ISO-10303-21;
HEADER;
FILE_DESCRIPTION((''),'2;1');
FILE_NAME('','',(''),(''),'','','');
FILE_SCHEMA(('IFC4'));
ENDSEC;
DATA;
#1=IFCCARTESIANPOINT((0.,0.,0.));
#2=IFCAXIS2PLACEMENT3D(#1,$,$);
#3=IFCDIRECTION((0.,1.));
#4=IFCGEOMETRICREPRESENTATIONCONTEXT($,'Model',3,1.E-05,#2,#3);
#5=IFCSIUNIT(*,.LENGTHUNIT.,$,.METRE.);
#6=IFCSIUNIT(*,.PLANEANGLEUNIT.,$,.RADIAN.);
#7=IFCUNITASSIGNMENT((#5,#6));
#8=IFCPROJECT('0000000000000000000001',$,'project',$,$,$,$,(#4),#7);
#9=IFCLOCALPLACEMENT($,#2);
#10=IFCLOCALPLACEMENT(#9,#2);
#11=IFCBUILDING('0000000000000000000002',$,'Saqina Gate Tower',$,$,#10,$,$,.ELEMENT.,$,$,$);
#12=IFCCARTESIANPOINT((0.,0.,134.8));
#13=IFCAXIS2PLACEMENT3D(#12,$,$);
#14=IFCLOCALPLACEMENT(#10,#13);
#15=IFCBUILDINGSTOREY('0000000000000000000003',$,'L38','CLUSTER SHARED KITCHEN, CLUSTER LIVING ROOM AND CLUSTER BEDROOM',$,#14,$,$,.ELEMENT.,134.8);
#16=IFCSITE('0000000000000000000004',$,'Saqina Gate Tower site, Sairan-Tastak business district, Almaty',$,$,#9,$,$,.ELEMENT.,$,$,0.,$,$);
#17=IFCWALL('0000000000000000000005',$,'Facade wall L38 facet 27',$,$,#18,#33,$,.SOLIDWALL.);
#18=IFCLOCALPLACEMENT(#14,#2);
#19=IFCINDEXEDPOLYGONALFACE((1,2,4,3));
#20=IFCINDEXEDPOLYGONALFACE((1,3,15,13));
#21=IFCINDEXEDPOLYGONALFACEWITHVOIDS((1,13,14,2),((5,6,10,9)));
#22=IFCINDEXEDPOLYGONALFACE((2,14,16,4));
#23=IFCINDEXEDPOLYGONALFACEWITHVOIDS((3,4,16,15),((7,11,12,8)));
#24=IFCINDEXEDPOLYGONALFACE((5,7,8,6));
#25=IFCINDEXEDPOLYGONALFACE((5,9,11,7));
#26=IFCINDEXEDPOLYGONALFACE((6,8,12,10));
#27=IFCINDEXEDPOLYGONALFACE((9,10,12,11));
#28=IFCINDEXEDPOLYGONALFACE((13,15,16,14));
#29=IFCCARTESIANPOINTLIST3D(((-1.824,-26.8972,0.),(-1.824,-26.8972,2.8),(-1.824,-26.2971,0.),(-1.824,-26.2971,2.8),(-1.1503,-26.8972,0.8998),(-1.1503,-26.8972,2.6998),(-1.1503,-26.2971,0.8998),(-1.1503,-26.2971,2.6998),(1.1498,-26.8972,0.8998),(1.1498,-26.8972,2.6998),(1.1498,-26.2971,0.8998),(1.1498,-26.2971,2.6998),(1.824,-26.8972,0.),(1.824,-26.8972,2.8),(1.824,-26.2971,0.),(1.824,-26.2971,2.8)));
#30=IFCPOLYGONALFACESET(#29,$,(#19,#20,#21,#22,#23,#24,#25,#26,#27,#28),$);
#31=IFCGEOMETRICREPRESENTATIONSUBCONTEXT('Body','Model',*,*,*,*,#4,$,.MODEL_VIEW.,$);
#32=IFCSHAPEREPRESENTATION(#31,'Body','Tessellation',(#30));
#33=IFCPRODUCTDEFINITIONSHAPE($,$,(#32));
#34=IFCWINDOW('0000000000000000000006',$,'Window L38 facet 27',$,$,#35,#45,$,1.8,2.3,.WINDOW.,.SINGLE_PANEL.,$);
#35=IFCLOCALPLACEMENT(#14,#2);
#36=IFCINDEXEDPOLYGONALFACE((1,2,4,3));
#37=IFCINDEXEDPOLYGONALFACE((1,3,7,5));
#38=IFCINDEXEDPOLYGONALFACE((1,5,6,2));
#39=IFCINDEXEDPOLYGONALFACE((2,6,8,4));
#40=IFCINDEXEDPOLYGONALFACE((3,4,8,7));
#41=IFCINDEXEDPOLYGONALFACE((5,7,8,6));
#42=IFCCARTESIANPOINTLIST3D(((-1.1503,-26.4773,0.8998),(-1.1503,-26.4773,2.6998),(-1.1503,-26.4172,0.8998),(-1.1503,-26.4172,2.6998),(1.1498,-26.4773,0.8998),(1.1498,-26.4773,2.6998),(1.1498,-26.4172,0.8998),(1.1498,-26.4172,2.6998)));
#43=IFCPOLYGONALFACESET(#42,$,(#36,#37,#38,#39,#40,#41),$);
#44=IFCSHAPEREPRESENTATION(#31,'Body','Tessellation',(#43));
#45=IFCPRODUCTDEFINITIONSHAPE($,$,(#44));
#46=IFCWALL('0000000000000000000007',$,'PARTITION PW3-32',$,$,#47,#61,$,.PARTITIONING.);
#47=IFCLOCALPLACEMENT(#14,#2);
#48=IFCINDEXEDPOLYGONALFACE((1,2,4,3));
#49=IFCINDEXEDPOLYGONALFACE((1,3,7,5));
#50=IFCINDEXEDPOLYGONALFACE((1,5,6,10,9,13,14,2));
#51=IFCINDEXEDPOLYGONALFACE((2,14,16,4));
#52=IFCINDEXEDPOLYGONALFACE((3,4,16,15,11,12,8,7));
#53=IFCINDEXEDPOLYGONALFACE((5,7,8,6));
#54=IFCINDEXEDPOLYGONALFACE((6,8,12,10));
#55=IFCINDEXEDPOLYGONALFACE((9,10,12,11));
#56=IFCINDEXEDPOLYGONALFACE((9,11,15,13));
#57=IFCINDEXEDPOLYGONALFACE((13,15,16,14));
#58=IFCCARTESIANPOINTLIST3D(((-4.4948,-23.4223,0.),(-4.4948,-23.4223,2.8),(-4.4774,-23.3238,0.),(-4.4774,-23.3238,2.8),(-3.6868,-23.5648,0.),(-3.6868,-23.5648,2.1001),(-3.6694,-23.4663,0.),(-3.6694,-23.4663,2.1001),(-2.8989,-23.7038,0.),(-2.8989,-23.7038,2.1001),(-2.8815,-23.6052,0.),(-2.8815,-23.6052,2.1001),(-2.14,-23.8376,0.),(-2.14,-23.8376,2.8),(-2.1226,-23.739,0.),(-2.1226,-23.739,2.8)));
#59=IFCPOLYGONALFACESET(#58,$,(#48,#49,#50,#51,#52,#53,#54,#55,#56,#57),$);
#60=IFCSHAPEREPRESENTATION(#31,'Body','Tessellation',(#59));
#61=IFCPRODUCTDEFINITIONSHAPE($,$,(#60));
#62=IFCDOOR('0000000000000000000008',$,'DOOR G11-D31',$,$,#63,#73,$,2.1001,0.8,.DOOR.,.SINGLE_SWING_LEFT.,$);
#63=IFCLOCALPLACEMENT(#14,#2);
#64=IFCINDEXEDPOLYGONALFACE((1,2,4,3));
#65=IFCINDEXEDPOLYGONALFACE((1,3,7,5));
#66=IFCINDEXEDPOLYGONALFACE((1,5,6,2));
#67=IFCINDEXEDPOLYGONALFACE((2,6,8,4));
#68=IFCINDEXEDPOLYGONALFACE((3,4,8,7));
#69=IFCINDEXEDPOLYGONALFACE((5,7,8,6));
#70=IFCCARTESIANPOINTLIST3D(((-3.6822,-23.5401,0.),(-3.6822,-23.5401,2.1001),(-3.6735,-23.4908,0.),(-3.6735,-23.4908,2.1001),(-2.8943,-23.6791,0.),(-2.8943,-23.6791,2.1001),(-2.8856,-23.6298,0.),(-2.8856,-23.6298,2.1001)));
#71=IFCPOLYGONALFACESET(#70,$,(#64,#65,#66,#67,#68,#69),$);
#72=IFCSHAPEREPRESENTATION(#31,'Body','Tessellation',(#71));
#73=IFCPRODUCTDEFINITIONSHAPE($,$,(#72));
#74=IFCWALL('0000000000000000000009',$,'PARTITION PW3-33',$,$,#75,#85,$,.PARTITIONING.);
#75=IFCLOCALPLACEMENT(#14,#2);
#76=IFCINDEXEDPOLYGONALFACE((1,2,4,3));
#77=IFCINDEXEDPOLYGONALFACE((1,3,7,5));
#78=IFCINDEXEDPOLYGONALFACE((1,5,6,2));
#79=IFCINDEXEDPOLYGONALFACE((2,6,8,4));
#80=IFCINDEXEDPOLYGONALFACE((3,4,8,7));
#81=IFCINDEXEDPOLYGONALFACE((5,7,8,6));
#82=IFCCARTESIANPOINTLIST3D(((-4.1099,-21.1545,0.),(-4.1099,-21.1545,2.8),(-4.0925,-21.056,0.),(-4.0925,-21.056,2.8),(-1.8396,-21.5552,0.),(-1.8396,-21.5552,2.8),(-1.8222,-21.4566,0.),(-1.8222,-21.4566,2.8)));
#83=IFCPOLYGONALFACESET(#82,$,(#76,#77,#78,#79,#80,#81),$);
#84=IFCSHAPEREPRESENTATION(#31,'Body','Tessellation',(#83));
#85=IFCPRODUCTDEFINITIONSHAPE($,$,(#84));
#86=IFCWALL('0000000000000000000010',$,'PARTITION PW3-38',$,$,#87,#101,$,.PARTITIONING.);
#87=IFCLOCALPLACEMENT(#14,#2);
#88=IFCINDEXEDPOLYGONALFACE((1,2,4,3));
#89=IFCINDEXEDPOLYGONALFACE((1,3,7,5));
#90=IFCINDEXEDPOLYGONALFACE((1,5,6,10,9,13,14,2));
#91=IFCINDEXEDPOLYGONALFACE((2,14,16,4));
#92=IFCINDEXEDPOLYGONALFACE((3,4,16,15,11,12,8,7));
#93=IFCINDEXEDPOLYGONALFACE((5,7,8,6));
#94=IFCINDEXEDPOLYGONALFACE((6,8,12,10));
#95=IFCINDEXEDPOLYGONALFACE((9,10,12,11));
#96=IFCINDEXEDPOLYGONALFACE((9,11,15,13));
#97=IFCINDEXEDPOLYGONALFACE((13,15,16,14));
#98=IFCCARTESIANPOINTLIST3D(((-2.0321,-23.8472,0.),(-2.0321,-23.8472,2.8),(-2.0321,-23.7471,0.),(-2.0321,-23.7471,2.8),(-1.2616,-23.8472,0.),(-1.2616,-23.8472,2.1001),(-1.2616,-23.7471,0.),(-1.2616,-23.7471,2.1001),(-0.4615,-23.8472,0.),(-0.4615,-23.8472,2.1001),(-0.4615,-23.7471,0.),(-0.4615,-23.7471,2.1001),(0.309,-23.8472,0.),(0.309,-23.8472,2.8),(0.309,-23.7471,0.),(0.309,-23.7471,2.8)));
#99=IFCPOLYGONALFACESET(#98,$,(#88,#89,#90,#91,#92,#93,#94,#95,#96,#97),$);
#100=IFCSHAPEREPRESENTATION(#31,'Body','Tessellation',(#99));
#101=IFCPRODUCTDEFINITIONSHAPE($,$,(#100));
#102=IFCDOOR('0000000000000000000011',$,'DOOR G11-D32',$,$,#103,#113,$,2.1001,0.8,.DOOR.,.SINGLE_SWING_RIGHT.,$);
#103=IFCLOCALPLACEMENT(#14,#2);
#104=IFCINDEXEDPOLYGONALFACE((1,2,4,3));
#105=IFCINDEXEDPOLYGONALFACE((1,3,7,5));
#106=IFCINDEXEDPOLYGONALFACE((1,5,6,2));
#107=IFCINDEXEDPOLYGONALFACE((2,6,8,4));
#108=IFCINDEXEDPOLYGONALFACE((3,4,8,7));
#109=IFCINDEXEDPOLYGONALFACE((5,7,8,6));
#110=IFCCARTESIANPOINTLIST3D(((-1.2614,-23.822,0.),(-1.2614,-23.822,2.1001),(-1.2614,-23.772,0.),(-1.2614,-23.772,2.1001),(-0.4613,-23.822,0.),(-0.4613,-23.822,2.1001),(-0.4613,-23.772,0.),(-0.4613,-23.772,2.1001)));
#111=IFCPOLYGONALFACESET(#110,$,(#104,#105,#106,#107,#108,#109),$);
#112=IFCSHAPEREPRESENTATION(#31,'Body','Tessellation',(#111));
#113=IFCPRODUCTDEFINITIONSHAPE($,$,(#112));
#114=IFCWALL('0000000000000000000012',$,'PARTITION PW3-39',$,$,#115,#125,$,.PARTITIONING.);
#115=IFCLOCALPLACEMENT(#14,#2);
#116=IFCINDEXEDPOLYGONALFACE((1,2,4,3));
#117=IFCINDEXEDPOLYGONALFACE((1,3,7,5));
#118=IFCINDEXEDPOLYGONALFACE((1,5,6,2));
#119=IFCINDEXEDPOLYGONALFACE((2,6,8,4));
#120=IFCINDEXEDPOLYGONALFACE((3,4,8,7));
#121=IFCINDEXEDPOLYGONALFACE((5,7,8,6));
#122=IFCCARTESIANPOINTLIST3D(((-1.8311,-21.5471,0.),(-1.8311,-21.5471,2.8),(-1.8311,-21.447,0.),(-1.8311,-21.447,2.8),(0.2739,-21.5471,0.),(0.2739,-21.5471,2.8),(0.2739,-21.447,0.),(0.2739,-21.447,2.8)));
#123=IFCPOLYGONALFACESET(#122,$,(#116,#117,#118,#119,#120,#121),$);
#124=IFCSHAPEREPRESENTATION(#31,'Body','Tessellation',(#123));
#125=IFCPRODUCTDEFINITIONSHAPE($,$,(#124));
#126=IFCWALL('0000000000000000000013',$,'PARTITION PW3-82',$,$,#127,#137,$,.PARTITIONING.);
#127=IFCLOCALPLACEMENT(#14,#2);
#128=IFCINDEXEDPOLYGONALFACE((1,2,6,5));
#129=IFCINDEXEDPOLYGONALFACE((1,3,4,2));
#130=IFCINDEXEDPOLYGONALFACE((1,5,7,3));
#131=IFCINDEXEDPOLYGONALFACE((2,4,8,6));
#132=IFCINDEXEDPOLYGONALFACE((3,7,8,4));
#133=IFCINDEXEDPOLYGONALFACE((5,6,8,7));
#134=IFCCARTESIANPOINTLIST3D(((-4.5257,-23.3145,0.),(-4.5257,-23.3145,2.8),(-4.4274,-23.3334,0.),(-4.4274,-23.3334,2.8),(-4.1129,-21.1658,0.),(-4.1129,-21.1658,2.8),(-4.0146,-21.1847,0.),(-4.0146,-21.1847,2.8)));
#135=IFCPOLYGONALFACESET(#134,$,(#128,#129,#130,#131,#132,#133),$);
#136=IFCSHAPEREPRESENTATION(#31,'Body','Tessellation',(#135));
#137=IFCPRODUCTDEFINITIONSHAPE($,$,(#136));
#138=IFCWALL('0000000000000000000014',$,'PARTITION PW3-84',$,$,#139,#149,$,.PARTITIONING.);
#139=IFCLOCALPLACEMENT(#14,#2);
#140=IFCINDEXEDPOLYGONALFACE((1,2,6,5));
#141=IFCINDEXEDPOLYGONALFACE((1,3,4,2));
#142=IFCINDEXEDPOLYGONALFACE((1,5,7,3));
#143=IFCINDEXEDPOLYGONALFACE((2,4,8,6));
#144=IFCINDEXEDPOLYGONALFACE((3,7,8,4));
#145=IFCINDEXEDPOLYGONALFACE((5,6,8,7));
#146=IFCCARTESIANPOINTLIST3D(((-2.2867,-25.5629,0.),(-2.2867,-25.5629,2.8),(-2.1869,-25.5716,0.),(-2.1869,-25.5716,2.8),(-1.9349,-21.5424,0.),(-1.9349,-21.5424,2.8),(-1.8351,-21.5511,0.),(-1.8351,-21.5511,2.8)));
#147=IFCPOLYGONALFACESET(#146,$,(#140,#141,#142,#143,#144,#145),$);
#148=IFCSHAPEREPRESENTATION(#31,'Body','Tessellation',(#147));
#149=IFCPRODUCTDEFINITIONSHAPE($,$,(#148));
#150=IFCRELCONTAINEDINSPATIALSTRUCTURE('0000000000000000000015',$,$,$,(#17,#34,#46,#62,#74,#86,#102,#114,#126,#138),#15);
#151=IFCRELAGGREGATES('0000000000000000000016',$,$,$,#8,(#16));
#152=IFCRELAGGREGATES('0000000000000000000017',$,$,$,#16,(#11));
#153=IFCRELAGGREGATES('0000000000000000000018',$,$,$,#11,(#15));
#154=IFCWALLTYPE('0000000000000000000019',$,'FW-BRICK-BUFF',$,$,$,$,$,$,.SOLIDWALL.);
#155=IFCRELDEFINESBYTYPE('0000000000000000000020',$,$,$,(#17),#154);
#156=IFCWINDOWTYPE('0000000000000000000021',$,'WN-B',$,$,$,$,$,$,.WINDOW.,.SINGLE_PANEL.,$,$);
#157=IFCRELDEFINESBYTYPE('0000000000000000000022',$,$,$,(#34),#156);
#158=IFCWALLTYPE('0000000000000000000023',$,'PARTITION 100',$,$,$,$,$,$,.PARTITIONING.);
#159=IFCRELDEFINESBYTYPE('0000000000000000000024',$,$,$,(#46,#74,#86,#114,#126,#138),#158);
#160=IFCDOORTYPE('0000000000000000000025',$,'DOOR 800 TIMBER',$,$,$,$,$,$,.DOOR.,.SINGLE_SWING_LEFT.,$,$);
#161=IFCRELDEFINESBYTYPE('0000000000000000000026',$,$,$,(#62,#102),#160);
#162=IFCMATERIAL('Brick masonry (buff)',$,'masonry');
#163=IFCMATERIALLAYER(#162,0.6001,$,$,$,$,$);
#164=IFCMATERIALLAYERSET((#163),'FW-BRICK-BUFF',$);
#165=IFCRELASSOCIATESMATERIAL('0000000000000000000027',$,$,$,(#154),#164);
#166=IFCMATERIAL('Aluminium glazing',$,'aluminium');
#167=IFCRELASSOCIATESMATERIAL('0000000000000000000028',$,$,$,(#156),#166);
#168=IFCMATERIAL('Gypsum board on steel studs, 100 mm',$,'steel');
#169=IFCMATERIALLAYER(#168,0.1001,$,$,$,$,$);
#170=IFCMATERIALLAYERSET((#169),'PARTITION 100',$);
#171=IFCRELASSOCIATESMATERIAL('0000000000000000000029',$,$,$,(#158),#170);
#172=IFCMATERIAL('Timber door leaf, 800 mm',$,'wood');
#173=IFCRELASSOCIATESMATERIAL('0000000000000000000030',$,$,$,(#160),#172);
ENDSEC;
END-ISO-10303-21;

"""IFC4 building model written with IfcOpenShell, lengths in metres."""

from ifc_helpers import new_model, si_unit, direction, frame, frame_2d, origin, place, context, subcontext, project, spatial, rectangle, extrude, material, layer, layer_set, type_object, element, fill, save


model = new_model("IFC4")

# Units and contexts
model_context = context("Model", 3, precision=1e-05, world=origin(), true_north=direction((0.0, 1.0)))
body_context = subcontext(model_context, "Body", "Model", "MODEL_VIEW")
ifc_project = project(units=[si_unit("LENGTHUNIT", "METRE"), si_unit("PLANEANGLEUNIT", "RADIAN")], contexts=[model_context])

# Site, building, storey
site_placement = place(None, origin())
site = spatial("IfcSite", under=ifc_project, at=site_placement, Name="Saqina Gate Tower site, Sairan-Tastak business district, Almaty", CompositionType="ELEMENT", RefElevation=0.0)
building_placement = place(site_placement, origin())
building = spatial("IfcBuilding", under=site, at=building_placement, Name="Saqina Gate Tower", CompositionType="ELEMENT")
storey_placement = place(building_placement, frame((0.0, 0.0, 134.8)))
storey = spatial("IfcBuildingStorey", under=building, at=storey_placement, Name="L38", Description="CLUSTER SHARED KITCHEN, CLUSTER LIVING ROOM AND CLUSTER BEDROOM", CompositionType="ELEMENT", Elevation=134.8)

# Wall, opening, window
ifc_material_1 = material(Name="Brick masonry (buff)", Category="masonry")
ifc_layer_1 = layer(ifc_material_1, 0.6001)
ifc_layer_set_1 = layer_set([ifc_layer_1], Name="FW-BRICK-BUFF")
wall_type_1 = type_object("IfcWallType", Name="FW-BRICK-BUFF", PredefinedType="SOLIDWALL", material=ifc_layer_set_1)
wall_1_placement = place(storey_placement, frame((-1.824, -26.5972, 0.0), z_axis=(0.0, 0.0, 1.0), x_axis=(1.0, 0.0, 0.0)))
wall_1 = element("IfcWall", 1, at=wall_1_placement, inside=storey, type_object=wall_type_1, Name="Facade wall L38 facet 27", PredefinedType="SOLIDWALL", context=body_context, shape_type="SweptSolid", body=[
    extrude(rectangle(XDim=3.6479, YDim=0.6001, at=frame_2d((1.824, 0.0))), origin(), (0.0, 0.0, 1.0), 2.8),
])
opening_1_placement = place(wall_1_placement, frame((0.6738, 0.0, 0.8999)))
opening_1 = element("IfcOpeningElement", 2, at=opening_1_placement, cuts=wall_1, PredefinedType="OPENING", context=body_context, shape_type="SweptSolid", body=[
    extrude(rectangle(XDim=2.3, YDim=1.8, at=frame_2d((1.1499, 0.8999))), frame((0.0, 0.312, 0.0), z_axis=(0.0, -1.0, 0.0), x_axis=(1.0, 0.0, 0.0)), (0.0, 0.0, 1.0), 0.624),
])
ifc_material_2 = material(Name="Aluminium glazing", Category="aluminium")
window_type = type_object("IfcWindowType", Name="WN-B", PartitioningType="SINGLE_PANEL", PredefinedType="WINDOW", material=ifc_material_2)
window_placement = place(opening_1_placement, origin())
window = element("IfcWindow", 3, at=window_placement, inside=storey, type_object=window_type, Name="Window L38 facet 27", OverallHeight=1.8, OverallWidth=2.3, PartitioningType="SINGLE_PANEL", PredefinedType="WINDOW", context=body_context, shape_type="SweptSolid", body=[
    extrude(rectangle(XDim=2.3, YDim=1.8, at=frame_2d((1.1499, 0.8999))), frame((0.0, 0.1799, 0.0), z_axis=(0.0, -1.0, 0.0), x_axis=(1.0, 0.0, 0.0)), (0.0, 0.0, 1.0), 0.0601),
])
fill(opening_1, window)

# Wall, opening, door
ifc_material_3 = material(Name="Gypsum board on steel studs, 100 mm", Category="steel")
ifc_layer_2 = layer(ifc_material_3, 0.1001)
ifc_layer_set_2 = layer_set([ifc_layer_2], Name="PARTITION 100")
wall_type_2 = type_object("IfcWallType", Name="PARTITION 100", PredefinedType="PARTITIONING", material=ifc_layer_set_2)
wall_2_placement = place(storey_placement, frame((-4.4861, -23.373, 0.0), z_axis=(0.0, 0.0, 1.0), x_axis=(0.984802, -0.17368, 0.0)))
wall_2 = element("IfcWall", 4, at=wall_2_placement, inside=storey, type_object=wall_type_2, Name="PARTITION PW3-32", PredefinedType="PARTITIONING", context=body_context, shape_type="SweptSolid", body=[
    extrude(rectangle(XDim=2.3911, YDim=0.1001, at=frame_2d((1.1956, 0.0))), origin(), (0.0, 0.0, 1.0), 2.8),
])
opening_2_placement = place(wall_2_placement, frame((0.8206, 0.0, 0.0)))
opening_2 = element("IfcOpeningElement", 5, at=opening_2_placement, cuts=wall_2, PredefinedType="OPENING", context=body_context, shape_type="SweptSolid", body=[
    extrude(rectangle(XDim=0.8, YDim=2.1001, at=frame_2d((0.3999, 1.05))), frame((0.0, 0.062, 0.0), z_axis=(0.0, -1.0, 0.0), x_axis=(1.0, 0.0, 0.0)), (0.0, 0.0, 1.0), 0.124),
])
ifc_material_4 = material(Name="Timber door leaf, 800 mm", Category="wood")
door_type_1 = type_object("IfcDoorType", Name="DOOR 800 TIMBER", OperationType="SINGLE_SWING_LEFT", PredefinedType="DOOR", material=ifc_material_4)
door_1_placement = place(opening_2_placement, frame((0.8, 0.0, 0.0), z_axis=(0.0, 0.0, 1.0), x_axis=(-1.0, 0.0, 0.0)))
door_1 = element("IfcDoor", 6, at=door_1_placement, inside=storey, type_object=door_type_1, Name="DOOR G11-D31", OperationType="SINGLE_SWING_LEFT", OverallHeight=2.1001, OverallWidth=0.8, PredefinedType="DOOR", context=body_context, shape_type="SweptSolid", body=[
    extrude(rectangle(XDim=0.8, YDim=2.1001, at=frame_2d((0.3999, 1.05))), frame((0.0, 0.0249, 0.0), z_axis=(0.0, -1.0, 0.0), x_axis=(1.0, 0.0, 0.0)), (0.0, 0.0, 1.0), 0.05),
])
fill(opening_2, door_1)

# Wall
wall_3_placement = place(storey_placement, frame((-4.1013, -21.1052, 0.0), z_axis=(0.0, 0.0, 1.0), x_axis=(0.984784, -0.173785, 0.0)))
element("IfcWall", 7, at=wall_3_placement, inside=storey, type_object=wall_type_2, Name="PARTITION PW3-33", PredefinedType="PARTITIONING", context=body_context, shape_type="SweptSolid", body=[
    extrude(rectangle(XDim=2.3054, YDim=0.1001, at=frame_2d((1.1528, 0.0))), origin(), (0.0, 0.0, 1.0), 2.8),
])

# Wall, opening, door
wall_4_placement = place(storey_placement, frame((-2.032, -23.7971, 0.0), z_axis=(0.0, 0.0, 1.0), x_axis=(1.0, 0.0, 0.0)))
wall_4 = element("IfcWall", 8, at=wall_4_placement, inside=storey, type_object=wall_type_2, Name="PARTITION PW3-38", PredefinedType="PARTITIONING", context=body_context, shape_type="SweptSolid", body=[
    extrude(rectangle(XDim=2.3411, YDim=0.1001, at=frame_2d((1.1704, 0.0))), origin(), (0.0, 0.0, 1.0), 2.8),
])
opening_3_placement = place(wall_4_placement, frame((0.7705, 0.0, 0.0)))
opening_3 = element("IfcOpeningElement", 9, at=opening_3_placement, cuts=wall_4, PredefinedType="OPENING", context=body_context, shape_type="SweptSolid", body=[
    extrude(rectangle(XDim=0.8, YDim=2.1001, at=frame_2d((0.3999, 1.05))), frame((0.0, 0.062, 0.0), z_axis=(0.0, -1.0, 0.0), x_axis=(1.0, 0.0, 0.0)), (0.0, 0.0, 1.0), 0.124),
])
door_2_placement = place(opening_3_placement, frame((0.8, 0.0, 0.0), z_axis=(0.0, 0.0, 1.0), x_axis=(-1.0, 0.0, 0.0)))
door_2 = element("IfcDoor", 10, at=door_2_placement, inside=storey, type_object=door_type_1, Name="DOOR G11-D32", OperationType="SINGLE_SWING_RIGHT", OverallHeight=2.1001, OverallWidth=0.8, PredefinedType="DOOR", context=body_context, shape_type="SweptSolid", body=[
    extrude(rectangle(XDim=0.8, YDim=2.1001, at=frame_2d((0.3999, 1.05))), frame((0.0, 0.0249, 0.0), z_axis=(0.0, -1.0, 0.0), x_axis=(1.0, 0.0, 0.0)), (0.0, 0.0, 1.0), 0.05),
])
fill(opening_3, door_2)

# Walls
wall_5_placement = place(storey_placement, frame((-1.8311, -21.4971, 0.0), z_axis=(0.0, 0.0, 1.0), x_axis=(1.0, 0.0, 0.0)))
element("IfcWall", 11, at=wall_5_placement, inside=storey, type_object=wall_type_2, Name="PARTITION PW3-39", PredefinedType="PARTITIONING", context=body_context, shape_type="SweptSolid", body=[
    extrude(rectangle(XDim=2.105, YDim=0.1001, at=frame_2d((1.0525, 0.0))), origin(), (0.0, 0.0, 1.0), 2.8),
])
wall_6_placement = place(storey_placement, frame((-4.4766, -23.324, 0.0), z_axis=(0.0, 0.0, 1.0), x_axis=(0.188686, 0.982037, 0.0)))
element("IfcWall", 12, at=wall_6_placement, inside=storey, type_object=wall_type_2, Name="PARTITION PW3-82", PredefinedType="PARTITIONING", context=body_context, shape_type="SweptSolid", body=[
    extrude(rectangle(XDim=2.188, YDim=0.1001, at=frame_2d((1.094, 0.0))), origin(), (0.0, 0.0, 1.0), 2.8),
])
wall_7_placement = place(storey_placement, frame((-2.2368, -25.5674, 0.0), z_axis=(0.0, 0.0, 1.0), x_axis=(0.08717, 0.996193, 0.0)))
element("IfcWall", 13, at=wall_7_placement, inside=storey, type_object=wall_type_2, Name="PARTITION PW3-84", PredefinedType="PARTITIONING", context=body_context, shape_type="SweptSolid", body=[
    extrude(rectangle(XDim=4.0359, YDim=0.1001, at=frame_2d((2.0181, 0.0))), origin(), (0.0, 0.0, 1.0), 2.8),
])

save(model, "model.ifc")
